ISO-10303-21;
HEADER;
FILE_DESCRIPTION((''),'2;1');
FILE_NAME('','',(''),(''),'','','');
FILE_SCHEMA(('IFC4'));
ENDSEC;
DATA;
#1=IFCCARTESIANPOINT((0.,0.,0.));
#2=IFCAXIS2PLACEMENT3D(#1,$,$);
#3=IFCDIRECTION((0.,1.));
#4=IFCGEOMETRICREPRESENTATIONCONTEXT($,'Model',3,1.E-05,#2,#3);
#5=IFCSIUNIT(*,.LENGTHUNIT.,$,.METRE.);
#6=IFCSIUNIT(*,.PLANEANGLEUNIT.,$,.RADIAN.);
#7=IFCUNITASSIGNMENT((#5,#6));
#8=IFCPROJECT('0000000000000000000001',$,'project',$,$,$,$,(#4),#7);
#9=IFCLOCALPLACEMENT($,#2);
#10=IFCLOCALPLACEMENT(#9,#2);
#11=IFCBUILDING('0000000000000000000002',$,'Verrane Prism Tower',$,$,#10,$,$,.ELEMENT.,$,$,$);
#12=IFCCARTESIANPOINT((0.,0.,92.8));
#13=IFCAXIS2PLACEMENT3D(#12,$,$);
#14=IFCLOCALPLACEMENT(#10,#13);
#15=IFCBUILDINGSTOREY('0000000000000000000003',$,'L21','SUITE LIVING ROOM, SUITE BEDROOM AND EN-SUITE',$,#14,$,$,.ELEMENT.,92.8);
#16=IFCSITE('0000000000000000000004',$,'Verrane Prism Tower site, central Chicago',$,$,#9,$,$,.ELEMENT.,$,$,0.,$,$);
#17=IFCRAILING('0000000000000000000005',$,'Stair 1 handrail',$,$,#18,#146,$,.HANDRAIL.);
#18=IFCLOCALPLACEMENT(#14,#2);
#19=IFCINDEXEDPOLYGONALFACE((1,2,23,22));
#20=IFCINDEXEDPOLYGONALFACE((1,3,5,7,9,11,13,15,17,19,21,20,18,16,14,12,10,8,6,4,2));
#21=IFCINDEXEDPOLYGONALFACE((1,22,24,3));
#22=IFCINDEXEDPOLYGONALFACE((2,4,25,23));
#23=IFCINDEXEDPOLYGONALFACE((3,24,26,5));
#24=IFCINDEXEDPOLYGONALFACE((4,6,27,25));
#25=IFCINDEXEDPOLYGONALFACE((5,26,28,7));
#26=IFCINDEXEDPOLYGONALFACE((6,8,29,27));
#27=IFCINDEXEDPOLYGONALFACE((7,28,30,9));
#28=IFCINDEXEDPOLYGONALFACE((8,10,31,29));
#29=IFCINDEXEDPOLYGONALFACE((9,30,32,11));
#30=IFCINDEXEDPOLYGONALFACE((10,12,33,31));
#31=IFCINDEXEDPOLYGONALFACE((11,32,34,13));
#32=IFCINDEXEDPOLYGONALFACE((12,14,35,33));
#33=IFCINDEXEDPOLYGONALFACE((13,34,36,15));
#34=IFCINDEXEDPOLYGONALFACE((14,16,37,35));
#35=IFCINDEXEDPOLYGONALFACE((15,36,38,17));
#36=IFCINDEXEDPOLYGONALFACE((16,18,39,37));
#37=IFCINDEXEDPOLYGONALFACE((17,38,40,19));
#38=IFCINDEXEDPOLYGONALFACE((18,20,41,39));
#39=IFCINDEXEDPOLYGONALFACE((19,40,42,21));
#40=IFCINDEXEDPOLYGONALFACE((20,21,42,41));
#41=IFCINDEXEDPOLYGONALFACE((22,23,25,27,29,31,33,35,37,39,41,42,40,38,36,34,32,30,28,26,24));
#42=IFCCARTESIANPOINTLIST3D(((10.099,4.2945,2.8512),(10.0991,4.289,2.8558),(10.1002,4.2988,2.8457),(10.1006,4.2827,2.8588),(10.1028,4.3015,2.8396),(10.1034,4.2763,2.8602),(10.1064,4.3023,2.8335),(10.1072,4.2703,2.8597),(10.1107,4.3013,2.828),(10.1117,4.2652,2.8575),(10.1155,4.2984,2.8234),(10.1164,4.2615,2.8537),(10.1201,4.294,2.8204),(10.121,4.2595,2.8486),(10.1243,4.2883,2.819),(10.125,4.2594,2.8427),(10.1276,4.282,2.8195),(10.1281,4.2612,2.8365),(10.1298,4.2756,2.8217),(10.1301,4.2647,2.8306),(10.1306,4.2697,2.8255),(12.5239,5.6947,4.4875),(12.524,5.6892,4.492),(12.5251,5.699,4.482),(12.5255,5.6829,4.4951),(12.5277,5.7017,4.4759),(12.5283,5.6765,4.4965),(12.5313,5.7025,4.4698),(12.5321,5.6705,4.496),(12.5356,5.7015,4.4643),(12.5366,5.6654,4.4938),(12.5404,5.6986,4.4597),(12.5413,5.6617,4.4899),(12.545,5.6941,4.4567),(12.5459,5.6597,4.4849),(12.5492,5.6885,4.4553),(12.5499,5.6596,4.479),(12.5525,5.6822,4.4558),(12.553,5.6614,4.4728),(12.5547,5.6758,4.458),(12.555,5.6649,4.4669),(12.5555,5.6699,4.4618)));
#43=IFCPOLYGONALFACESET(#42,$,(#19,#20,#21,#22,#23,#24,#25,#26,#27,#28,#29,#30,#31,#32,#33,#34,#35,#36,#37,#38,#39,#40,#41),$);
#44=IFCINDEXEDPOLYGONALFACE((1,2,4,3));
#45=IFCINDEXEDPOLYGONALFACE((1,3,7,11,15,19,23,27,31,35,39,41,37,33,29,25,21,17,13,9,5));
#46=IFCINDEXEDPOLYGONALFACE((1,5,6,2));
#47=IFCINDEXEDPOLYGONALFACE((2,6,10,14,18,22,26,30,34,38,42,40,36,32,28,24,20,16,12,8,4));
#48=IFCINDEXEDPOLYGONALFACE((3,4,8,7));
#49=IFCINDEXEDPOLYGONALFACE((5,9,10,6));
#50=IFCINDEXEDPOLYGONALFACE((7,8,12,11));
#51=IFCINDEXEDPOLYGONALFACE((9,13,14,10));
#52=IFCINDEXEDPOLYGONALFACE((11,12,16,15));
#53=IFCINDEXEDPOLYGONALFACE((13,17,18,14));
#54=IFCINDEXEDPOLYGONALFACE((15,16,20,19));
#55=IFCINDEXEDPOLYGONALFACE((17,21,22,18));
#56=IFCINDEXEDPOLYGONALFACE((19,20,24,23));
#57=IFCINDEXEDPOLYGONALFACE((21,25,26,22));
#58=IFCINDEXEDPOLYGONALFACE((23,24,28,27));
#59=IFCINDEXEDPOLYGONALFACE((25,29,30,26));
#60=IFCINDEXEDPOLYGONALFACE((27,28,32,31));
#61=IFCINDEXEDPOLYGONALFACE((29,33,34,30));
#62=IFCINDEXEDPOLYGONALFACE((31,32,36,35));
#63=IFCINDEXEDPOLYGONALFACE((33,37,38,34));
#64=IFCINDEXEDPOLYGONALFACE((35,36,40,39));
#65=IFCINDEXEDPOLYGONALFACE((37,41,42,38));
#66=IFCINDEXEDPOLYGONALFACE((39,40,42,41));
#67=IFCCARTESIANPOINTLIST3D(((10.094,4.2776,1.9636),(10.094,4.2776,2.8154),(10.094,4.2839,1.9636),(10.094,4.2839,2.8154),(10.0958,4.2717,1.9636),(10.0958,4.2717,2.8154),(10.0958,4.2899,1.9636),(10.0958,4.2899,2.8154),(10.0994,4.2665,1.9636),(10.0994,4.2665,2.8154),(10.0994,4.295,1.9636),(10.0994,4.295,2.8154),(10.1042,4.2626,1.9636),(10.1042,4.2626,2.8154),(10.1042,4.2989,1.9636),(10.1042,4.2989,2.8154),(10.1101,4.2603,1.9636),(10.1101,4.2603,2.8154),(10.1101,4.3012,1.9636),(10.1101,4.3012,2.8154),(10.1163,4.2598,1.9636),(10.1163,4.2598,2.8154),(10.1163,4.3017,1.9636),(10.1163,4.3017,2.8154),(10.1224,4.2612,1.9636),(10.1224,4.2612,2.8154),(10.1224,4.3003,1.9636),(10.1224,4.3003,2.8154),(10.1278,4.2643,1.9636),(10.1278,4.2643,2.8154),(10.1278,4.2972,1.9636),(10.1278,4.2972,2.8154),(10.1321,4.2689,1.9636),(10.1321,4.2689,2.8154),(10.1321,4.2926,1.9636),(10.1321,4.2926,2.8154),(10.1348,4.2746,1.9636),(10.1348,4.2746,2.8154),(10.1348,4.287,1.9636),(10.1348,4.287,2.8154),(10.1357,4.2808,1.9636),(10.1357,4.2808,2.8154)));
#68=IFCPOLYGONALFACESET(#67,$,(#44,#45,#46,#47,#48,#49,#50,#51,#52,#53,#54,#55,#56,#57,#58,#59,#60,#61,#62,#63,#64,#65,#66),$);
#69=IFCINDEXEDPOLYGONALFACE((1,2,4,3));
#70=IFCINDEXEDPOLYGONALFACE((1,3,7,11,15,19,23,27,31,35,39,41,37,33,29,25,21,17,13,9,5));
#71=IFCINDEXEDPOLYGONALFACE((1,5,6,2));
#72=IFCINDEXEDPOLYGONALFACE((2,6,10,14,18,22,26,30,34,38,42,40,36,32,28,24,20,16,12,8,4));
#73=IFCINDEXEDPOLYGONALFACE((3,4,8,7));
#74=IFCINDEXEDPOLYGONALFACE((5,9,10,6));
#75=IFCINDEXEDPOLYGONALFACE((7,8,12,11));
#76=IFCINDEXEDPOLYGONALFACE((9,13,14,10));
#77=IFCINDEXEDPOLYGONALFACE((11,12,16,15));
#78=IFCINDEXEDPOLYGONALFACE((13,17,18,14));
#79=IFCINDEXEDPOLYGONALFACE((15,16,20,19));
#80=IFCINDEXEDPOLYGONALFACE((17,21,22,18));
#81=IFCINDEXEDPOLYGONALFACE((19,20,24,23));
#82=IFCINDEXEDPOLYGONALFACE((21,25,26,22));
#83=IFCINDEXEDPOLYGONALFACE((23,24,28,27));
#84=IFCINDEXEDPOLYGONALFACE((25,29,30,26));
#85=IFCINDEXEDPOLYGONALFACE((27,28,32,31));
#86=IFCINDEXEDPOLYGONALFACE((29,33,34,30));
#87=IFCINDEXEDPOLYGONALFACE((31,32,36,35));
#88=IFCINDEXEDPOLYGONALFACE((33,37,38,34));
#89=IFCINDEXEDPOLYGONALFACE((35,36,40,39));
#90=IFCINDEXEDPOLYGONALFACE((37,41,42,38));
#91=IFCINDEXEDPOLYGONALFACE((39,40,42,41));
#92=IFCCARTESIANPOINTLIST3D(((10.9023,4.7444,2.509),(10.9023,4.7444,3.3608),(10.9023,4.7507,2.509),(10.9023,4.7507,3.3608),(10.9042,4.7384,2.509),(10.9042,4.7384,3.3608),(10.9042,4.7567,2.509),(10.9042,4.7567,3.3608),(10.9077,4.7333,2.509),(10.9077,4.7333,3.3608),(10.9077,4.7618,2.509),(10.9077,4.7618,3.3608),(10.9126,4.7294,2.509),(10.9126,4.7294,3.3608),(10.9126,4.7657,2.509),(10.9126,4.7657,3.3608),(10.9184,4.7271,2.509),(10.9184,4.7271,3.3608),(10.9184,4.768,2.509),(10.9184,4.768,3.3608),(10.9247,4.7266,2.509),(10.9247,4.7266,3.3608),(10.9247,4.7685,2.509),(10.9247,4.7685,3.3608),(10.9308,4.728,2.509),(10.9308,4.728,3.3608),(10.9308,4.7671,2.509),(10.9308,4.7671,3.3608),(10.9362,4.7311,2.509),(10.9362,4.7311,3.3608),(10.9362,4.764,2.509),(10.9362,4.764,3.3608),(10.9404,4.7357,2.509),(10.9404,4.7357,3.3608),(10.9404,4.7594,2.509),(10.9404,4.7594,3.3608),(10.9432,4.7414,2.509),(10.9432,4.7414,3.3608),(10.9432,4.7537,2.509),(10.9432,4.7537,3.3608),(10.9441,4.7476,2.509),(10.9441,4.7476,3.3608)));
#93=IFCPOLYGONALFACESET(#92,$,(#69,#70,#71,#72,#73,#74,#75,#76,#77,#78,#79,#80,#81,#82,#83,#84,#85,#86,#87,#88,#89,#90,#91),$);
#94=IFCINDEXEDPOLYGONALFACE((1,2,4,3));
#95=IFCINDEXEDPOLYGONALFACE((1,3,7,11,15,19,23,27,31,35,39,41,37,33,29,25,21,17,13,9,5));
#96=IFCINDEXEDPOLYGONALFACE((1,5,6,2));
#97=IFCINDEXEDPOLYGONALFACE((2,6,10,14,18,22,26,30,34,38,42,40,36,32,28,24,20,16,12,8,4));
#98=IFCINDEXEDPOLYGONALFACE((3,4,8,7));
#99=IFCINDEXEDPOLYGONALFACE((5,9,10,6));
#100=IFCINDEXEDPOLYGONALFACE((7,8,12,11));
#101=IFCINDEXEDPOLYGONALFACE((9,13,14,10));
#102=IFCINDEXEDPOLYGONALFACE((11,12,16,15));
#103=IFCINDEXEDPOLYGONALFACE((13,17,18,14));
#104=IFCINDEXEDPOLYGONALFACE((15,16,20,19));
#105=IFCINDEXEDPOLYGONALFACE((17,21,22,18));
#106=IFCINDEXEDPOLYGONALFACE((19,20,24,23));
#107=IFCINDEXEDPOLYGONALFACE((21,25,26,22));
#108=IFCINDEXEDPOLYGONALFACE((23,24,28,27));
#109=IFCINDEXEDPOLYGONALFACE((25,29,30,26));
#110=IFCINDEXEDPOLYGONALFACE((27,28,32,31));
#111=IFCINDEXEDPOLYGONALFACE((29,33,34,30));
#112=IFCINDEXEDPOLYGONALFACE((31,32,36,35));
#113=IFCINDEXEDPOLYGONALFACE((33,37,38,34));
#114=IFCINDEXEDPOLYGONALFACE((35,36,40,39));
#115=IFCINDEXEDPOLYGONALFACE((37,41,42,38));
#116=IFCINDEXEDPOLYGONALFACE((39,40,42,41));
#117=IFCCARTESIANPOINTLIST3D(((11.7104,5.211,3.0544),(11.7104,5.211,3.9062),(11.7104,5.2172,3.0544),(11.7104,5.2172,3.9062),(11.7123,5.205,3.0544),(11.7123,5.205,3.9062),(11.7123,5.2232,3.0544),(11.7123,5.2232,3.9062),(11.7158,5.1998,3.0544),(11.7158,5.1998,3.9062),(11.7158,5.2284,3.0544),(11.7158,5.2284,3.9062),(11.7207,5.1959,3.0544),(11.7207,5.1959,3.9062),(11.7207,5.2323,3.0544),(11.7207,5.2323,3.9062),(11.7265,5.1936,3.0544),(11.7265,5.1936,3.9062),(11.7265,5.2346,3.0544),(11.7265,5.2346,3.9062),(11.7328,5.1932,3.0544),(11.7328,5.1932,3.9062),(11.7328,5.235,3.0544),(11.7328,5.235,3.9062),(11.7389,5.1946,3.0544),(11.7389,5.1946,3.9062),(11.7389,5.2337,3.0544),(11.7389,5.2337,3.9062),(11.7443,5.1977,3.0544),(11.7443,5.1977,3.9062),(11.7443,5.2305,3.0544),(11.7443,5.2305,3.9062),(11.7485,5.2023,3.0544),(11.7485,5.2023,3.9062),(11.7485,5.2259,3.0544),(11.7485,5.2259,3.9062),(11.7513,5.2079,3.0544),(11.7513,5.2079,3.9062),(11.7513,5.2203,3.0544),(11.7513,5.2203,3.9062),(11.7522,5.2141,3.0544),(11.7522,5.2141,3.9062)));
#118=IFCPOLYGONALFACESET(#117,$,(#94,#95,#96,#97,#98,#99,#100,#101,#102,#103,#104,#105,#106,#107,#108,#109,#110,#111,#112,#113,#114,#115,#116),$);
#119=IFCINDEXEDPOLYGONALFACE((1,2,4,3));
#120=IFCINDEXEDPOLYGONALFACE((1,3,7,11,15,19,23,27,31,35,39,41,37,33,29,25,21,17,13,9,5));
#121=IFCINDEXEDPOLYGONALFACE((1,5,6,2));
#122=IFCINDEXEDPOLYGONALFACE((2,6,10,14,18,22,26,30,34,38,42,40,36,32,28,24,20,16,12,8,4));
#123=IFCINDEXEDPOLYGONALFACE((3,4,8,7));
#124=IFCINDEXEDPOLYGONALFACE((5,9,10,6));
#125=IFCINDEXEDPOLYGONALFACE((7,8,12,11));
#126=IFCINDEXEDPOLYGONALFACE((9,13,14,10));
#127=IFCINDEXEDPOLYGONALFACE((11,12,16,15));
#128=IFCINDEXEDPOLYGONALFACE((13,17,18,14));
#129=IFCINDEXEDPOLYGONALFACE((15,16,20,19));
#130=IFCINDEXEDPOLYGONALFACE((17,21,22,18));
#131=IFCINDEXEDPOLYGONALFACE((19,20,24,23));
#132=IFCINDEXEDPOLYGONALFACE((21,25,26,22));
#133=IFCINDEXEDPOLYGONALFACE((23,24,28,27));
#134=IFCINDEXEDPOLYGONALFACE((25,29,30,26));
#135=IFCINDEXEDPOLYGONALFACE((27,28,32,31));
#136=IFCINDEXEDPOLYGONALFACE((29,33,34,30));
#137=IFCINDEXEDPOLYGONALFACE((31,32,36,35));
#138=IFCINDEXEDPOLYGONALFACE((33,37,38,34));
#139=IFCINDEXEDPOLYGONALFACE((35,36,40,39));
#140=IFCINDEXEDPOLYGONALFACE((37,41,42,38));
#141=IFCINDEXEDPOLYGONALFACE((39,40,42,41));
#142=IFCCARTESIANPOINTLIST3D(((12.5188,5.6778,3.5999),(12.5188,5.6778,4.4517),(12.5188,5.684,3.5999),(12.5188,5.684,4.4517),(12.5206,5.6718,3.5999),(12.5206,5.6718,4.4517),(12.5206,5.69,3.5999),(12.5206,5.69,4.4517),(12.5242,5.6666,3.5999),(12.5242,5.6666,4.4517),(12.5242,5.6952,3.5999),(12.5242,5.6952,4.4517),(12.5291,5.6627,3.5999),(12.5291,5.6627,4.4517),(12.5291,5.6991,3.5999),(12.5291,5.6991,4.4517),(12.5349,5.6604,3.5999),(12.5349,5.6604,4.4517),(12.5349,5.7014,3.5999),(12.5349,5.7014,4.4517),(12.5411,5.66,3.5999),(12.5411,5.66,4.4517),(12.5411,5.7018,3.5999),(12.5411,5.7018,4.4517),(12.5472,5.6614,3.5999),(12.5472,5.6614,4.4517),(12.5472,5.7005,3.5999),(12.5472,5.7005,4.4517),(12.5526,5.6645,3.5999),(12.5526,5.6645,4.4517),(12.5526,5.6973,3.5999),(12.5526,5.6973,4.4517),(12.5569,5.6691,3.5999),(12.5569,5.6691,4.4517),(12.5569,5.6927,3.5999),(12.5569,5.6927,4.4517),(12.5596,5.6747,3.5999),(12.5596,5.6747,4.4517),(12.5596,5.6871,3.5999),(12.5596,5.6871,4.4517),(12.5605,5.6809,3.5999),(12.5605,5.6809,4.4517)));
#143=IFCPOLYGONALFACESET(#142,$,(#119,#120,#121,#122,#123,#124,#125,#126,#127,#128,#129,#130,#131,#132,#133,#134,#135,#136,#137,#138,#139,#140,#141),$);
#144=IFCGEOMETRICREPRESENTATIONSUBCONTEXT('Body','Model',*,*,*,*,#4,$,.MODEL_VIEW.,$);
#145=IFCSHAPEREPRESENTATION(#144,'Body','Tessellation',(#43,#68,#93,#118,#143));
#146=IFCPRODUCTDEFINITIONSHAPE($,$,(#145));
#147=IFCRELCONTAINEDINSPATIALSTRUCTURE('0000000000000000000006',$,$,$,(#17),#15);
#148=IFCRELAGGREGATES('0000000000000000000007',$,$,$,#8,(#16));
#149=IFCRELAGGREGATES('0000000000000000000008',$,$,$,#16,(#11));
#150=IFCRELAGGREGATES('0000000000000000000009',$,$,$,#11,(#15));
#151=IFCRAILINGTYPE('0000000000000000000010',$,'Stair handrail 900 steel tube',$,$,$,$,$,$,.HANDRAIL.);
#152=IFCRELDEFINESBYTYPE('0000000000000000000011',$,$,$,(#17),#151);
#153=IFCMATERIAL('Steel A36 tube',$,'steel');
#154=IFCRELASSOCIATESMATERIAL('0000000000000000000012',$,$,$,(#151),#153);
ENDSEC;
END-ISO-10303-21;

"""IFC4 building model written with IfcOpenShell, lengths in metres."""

from ifc_helpers import new_model, si_unit, direction, frame, origin, origin_2d, place, context, subcontext, project, spatial, circle, extrude, material, type_object, element, save


model = new_model("IFC4")

# Units and contexts
model_context = context("Model", 3, precision=1e-05, world=origin(), true_north=direction((0.0, 1.0)))
body_context = subcontext(model_context, "Body", "Model", "MODEL_VIEW")
ifc_project = project(units=[si_unit("LENGTHUNIT", "METRE"), si_unit("PLANEANGLEUNIT", "RADIAN")], contexts=[model_context])

# Site, building, storey
site_placement = place(None, origin())
site = spatial("IfcSite", under=ifc_project, at=site_placement, Name="Verrane Prism Tower site, central Chicago", CompositionType="ELEMENT", RefElevation=0.0)
building_placement = place(site_placement, origin())
building = spatial("IfcBuilding", under=site, at=building_placement, Name="Verrane Prism Tower", CompositionType="ELEMENT")
storey_placement = place(building_placement, frame((0.0, 0.0, 92.8)))
storey = spatial("IfcBuildingStorey", under=building, at=storey_placement, Name="L21", Description="SUITE LIVING ROOM, SUITE BEDROOM AND EN-SUITE", CompositionType="ELEMENT", Elevation=92.8)

# Railing
ifc_material_1 = material(Name="Steel A36 tube", Category="steel")
railing_type_1 = type_object("IfcRailingType", Name="Stair handrail 900 steel tube", PredefinedType="HANDRAIL", material=ifc_material_1)
railing_1_placement = place(storey_placement, frame((10.1147, 4.2808, 1.9636)))
element("IfcRailing", 1, at=railing_1_placement, inside=storey, type_object=railing_type_1, Name="Stair 1 handrail", PredefinedType="HANDRAIL", context=body_context, shape_type="SweptSolid", body=[
    extrude(circle(Radius=0.0239, at=origin_2d()), frame((0.0, 0.0, 0.876), z_axis=(0.747694, 0.431738, 0.504535), x_axis=(-0.50005, 0.865997, 0.0)), (0.0, 0.0, 1.0), 3.2432),
    extrude(circle(Radius=0.021, at=origin_2d()), origin(), (0.0, 0.0, 1.0), 0.8518),
    extrude(circle(Radius=0.021, at=origin_2d()), frame((0.8083, 0.4668, 0.5454)), (0.0, 0.0, 1.0), 0.8518),
    extrude(circle(Radius=0.021, at=origin_2d()), frame((1.6165, 0.9333, 1.0908)), (0.0, 0.0, 1.0), 0.8518),
    extrude(circle(Radius=0.021, at=origin_2d()), frame((2.4248, 1.4001, 1.6362)), (0.0, 0.0, 1.0), 0.8518),
])

save(model, "model.ifc")
